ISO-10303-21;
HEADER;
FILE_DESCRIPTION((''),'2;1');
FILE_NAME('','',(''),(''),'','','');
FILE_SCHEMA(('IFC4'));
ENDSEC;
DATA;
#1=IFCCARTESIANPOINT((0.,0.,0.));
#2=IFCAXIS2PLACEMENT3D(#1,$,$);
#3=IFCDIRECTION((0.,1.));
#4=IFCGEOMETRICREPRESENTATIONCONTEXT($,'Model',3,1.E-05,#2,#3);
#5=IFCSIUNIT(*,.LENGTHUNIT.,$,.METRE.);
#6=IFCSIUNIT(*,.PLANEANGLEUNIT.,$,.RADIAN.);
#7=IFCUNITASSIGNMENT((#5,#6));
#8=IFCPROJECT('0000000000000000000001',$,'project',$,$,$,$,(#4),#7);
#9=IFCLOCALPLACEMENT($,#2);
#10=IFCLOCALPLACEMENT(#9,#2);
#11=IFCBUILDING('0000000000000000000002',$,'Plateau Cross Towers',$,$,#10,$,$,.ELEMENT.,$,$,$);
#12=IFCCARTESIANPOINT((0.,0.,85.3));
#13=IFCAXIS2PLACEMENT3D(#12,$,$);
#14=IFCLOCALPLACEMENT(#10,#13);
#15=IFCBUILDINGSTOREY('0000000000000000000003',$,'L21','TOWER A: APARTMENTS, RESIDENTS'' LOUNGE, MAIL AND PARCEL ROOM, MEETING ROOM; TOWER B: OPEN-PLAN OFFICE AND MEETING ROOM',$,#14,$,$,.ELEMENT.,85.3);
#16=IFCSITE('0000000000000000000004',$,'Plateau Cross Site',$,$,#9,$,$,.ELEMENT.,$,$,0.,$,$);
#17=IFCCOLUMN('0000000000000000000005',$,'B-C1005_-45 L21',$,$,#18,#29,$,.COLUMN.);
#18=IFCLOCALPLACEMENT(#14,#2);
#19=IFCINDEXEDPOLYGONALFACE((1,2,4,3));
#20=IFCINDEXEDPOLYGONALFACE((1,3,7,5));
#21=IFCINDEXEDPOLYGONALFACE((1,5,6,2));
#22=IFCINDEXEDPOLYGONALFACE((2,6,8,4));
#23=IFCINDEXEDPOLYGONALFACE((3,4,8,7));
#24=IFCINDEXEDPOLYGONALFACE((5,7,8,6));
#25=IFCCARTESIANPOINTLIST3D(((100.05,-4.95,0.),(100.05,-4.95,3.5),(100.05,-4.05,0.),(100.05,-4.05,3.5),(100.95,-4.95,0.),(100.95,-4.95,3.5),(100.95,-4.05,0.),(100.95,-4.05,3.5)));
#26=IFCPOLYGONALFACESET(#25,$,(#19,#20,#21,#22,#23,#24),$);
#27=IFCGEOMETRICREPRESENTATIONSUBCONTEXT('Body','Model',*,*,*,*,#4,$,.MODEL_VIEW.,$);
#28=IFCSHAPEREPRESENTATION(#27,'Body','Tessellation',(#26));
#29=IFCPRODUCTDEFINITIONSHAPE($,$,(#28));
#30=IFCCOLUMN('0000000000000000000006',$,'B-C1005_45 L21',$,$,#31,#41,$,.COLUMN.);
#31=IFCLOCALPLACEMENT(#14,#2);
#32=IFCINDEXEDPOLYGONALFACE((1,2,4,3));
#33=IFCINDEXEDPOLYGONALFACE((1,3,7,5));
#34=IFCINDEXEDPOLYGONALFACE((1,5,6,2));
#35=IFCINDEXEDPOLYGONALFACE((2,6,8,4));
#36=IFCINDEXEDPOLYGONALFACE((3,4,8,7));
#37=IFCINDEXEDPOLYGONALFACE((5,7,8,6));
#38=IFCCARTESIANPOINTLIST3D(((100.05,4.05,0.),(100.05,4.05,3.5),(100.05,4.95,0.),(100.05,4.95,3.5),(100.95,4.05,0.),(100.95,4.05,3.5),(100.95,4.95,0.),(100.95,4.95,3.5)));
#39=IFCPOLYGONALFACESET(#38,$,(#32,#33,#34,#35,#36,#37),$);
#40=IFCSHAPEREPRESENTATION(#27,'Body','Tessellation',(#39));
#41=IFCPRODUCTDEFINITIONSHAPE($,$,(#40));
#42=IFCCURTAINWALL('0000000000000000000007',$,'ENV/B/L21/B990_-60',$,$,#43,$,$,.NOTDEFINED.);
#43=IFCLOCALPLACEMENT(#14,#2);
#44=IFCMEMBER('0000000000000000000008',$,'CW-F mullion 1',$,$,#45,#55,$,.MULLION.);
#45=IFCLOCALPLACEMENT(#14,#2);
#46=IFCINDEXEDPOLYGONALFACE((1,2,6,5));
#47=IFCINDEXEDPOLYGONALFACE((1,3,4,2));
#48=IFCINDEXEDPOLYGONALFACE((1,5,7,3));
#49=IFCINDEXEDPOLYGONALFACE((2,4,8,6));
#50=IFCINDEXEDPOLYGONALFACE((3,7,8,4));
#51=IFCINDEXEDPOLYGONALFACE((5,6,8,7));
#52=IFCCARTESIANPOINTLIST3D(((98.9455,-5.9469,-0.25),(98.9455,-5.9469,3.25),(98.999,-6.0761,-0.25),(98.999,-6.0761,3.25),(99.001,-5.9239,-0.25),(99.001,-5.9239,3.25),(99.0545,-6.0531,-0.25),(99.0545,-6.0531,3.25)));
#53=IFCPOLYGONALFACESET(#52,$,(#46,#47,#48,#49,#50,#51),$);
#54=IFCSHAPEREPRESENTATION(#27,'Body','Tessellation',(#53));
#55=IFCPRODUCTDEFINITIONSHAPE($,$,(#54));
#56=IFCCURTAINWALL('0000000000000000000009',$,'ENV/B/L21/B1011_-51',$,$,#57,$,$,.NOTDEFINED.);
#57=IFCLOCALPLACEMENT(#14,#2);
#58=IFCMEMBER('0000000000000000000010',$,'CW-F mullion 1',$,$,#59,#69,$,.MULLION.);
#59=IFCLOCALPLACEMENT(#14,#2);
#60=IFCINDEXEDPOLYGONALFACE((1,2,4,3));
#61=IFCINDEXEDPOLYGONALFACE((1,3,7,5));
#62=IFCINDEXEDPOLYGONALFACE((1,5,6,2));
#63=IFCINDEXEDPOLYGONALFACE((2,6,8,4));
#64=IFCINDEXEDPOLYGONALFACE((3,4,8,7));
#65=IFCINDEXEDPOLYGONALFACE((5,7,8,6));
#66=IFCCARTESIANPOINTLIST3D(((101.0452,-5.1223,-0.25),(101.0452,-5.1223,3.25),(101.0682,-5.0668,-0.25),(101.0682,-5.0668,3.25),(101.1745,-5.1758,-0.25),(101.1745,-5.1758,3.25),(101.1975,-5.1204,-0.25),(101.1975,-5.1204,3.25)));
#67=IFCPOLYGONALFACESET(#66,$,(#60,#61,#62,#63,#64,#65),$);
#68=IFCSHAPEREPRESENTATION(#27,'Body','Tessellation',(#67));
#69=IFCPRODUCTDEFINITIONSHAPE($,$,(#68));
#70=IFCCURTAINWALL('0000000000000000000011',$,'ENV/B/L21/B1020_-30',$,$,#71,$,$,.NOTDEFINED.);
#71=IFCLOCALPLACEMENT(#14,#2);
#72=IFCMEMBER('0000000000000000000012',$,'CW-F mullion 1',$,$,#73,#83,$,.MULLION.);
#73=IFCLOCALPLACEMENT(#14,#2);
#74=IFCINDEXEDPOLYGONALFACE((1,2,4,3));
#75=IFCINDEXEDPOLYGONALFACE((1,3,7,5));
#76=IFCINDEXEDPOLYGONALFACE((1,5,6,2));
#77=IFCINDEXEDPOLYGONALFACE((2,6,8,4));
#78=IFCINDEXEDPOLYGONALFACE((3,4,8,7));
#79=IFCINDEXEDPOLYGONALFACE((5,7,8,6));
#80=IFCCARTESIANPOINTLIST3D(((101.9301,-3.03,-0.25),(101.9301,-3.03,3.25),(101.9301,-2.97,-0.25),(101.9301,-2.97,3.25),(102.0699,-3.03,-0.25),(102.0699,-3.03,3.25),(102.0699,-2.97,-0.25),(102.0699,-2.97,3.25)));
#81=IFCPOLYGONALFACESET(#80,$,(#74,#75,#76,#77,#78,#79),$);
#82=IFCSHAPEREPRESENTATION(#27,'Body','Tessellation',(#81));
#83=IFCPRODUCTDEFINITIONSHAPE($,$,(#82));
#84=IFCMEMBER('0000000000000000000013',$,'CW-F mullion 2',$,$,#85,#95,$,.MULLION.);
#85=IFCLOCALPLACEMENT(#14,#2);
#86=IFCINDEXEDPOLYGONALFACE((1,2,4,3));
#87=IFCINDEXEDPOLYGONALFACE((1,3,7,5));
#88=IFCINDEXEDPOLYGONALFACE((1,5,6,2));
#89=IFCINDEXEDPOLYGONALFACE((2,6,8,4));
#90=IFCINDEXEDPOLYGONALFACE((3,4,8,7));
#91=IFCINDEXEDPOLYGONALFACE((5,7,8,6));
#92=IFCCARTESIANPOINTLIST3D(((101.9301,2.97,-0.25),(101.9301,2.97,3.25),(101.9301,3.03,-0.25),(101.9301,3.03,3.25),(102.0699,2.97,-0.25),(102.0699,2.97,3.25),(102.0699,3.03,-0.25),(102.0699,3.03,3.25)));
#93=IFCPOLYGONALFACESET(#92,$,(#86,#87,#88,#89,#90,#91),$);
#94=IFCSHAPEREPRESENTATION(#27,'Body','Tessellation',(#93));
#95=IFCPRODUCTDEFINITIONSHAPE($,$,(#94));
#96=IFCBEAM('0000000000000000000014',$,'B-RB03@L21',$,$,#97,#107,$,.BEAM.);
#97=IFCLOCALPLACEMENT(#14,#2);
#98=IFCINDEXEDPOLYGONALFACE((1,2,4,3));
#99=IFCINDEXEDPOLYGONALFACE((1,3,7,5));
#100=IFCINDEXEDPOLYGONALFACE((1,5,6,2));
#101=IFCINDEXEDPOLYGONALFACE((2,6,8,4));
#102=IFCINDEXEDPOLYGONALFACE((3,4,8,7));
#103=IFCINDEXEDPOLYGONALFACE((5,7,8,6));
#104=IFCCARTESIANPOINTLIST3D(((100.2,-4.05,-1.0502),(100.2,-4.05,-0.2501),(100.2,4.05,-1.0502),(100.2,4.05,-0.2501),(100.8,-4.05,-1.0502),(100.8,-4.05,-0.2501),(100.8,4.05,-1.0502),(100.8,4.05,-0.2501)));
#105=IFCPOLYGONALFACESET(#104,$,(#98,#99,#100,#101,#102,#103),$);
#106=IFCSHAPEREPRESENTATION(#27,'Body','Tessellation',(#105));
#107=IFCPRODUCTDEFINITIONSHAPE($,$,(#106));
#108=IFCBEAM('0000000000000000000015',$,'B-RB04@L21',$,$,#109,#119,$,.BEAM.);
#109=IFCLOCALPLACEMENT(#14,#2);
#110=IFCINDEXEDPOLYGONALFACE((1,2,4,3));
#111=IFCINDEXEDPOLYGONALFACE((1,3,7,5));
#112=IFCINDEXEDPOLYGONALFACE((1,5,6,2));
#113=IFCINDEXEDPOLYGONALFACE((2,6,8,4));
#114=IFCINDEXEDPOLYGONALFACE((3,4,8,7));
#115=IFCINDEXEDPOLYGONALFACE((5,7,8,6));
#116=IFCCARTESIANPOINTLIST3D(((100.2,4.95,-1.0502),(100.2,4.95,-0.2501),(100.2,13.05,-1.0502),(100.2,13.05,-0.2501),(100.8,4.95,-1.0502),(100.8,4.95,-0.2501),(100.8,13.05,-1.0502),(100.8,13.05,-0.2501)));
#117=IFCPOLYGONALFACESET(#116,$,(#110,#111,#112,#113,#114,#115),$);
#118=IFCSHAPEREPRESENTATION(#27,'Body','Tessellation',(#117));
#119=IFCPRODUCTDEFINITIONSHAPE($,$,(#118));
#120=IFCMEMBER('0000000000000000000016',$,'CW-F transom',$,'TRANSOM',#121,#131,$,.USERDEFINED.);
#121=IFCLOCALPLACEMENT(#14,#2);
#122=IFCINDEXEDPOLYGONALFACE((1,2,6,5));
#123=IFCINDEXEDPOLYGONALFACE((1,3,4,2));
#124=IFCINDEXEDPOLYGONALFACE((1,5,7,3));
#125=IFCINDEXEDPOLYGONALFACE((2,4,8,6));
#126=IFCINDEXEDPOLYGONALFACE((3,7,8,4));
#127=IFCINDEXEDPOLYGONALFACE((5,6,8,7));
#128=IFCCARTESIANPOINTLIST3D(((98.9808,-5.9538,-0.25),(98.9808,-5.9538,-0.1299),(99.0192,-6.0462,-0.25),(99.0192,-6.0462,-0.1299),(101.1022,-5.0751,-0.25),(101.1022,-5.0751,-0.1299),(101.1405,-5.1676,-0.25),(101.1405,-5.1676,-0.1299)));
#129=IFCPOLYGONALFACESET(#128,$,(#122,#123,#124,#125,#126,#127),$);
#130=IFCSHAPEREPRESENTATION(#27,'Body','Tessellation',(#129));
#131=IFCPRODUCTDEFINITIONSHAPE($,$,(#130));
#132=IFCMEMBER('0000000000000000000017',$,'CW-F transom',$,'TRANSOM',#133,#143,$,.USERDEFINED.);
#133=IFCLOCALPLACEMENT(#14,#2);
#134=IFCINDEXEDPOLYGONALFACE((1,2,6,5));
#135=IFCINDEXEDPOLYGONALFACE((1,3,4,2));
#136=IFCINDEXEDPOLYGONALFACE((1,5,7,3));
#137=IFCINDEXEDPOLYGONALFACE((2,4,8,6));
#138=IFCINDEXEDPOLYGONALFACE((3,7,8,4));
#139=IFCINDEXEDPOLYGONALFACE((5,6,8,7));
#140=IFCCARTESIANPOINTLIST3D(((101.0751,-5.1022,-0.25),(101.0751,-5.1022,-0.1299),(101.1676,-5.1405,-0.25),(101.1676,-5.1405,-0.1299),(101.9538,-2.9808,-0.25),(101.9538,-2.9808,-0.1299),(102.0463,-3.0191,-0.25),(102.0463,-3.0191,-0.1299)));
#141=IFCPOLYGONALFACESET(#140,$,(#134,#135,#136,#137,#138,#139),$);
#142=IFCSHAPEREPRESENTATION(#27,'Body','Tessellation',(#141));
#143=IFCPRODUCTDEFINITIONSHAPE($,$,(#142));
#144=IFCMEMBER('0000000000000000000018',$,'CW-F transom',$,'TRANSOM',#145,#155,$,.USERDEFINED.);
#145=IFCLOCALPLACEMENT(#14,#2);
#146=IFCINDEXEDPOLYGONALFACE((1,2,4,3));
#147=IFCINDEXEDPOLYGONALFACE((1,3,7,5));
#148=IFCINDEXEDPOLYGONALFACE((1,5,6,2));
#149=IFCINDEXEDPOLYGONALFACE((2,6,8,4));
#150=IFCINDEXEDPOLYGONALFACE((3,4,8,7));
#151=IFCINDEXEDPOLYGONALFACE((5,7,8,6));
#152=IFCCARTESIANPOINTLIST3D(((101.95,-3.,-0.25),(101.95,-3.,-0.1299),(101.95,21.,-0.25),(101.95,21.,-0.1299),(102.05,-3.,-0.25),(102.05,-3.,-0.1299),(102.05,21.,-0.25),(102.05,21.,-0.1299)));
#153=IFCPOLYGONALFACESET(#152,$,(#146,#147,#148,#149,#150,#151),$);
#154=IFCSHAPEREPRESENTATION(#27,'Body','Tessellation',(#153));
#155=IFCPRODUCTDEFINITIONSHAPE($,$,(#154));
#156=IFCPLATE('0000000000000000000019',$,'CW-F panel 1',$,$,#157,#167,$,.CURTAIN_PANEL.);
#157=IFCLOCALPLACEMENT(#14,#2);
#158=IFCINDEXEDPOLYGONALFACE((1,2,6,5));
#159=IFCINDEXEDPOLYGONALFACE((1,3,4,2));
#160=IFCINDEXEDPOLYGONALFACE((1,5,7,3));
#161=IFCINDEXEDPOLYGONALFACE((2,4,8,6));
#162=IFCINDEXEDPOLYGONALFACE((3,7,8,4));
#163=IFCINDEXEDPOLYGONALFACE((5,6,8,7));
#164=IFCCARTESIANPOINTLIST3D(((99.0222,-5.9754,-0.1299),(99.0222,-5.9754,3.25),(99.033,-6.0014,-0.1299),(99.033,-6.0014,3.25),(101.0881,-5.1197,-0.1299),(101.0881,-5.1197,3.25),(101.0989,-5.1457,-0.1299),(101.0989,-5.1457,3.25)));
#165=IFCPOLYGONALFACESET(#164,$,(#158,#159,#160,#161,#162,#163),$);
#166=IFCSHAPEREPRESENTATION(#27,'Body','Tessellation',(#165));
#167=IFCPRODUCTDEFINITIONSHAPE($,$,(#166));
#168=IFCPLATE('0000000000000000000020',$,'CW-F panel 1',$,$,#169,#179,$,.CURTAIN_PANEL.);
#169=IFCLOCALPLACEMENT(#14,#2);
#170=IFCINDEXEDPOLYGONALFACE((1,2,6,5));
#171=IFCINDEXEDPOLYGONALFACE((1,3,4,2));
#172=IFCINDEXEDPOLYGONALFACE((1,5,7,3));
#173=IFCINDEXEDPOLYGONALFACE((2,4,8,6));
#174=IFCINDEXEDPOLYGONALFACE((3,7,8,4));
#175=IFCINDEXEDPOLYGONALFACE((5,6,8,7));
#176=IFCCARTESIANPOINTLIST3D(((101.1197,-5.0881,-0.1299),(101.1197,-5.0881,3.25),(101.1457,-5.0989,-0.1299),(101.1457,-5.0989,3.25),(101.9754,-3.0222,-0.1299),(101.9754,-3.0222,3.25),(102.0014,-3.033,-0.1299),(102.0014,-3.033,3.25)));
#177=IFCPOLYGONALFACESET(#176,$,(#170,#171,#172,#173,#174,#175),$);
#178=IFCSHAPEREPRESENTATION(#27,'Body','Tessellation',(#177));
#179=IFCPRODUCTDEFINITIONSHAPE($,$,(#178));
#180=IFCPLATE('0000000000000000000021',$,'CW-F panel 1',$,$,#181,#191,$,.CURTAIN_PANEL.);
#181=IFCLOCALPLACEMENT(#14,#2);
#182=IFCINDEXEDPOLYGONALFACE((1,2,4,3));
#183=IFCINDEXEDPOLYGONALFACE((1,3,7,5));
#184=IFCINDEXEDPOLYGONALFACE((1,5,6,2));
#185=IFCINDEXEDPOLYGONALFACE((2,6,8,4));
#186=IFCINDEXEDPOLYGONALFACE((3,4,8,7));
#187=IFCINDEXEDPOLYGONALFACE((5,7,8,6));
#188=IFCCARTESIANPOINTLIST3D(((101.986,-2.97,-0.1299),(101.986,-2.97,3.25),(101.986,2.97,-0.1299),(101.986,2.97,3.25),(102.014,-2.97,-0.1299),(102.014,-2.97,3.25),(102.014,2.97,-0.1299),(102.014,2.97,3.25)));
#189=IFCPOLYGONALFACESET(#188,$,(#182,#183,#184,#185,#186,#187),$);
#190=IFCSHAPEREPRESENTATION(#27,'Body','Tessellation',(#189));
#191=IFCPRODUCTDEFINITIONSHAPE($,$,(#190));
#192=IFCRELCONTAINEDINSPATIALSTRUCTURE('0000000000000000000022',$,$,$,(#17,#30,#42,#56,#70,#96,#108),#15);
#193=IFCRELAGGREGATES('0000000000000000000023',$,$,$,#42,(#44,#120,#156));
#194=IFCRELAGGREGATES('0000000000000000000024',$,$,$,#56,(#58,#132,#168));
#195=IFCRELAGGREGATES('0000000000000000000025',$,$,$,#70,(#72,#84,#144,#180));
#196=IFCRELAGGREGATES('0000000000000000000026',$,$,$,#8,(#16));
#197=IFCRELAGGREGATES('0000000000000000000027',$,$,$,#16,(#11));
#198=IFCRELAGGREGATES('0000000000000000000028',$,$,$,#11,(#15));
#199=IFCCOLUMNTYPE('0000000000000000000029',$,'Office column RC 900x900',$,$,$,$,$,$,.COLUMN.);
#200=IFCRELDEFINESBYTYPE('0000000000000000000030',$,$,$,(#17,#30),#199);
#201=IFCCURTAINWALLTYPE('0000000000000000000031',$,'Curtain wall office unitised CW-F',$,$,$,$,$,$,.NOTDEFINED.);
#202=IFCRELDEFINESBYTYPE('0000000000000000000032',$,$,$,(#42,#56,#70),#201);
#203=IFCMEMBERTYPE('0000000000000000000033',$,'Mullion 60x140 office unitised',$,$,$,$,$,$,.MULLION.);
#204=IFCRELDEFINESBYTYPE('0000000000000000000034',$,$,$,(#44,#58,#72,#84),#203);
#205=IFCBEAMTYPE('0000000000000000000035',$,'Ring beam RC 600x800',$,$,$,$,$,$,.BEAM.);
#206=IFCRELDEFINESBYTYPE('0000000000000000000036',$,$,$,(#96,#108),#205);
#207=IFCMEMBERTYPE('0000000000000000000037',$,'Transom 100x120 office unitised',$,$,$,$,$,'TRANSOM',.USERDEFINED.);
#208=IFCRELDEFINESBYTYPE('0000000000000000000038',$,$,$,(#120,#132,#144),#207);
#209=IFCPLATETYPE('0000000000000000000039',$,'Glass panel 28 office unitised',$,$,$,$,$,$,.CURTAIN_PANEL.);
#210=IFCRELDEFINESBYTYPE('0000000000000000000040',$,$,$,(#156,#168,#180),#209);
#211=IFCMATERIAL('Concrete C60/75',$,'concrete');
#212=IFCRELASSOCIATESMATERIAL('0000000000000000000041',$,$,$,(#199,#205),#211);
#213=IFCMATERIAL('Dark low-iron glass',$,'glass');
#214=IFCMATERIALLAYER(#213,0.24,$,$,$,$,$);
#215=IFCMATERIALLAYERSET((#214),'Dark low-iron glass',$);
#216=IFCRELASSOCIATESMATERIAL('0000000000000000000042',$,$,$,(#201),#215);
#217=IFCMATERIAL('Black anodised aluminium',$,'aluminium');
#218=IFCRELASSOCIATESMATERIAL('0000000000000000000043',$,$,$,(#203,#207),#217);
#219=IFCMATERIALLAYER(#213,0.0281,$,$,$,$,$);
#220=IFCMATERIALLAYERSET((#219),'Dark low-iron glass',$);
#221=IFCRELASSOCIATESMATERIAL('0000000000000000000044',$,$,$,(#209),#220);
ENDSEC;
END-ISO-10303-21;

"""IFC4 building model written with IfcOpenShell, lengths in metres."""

from ifc_helpers import new_model, si_unit, direction, frame, origin, origin_2d, place, context, subcontext, project, spatial, rectangle, extrude, material, layer, layer_set, material_profile, profile_set, type_object, element, aggregate, save


model = new_model("IFC4")

# Units and contexts
model_context = context("Model", 3, precision=1e-05, world=origin(), true_north=direction((0.0, 1.0)))
body_context = subcontext(model_context, "Body", "Model", "MODEL_VIEW")
ifc_project = project(units=[si_unit("LENGTHUNIT", "METRE"), si_unit("PLANEANGLEUNIT", "RADIAN")], contexts=[model_context])

# Site, building, storey
site_placement = place(None, origin())
site = spatial("IfcSite", under=ifc_project, at=site_placement, Name="Plateau Cross Site", CompositionType="ELEMENT", RefElevation=0.0)
building_placement = place(site_placement, origin())
building = spatial("IfcBuilding", under=site, at=building_placement, Name="Plateau Cross Towers", CompositionType="ELEMENT")
storey_placement = place(building_placement, frame((0.0, 0.0, 85.3)))
storey = spatial("IfcBuildingStorey", under=building, at=storey_placement, Name="L21", Description="TOWER A: APARTMENTS, RESIDENTS' LOUNGE, MAIL AND PARCEL ROOM, MEETING ROOM; TOWER B: OPEN-PLAN OFFICE AND MEETING ROOM", CompositionType="ELEMENT", Elevation=85.3)

# Columns
ifc_material_1 = material(Name="Concrete C60/75", Category="concrete")
ifc_material_profile_1 = material_profile(ifc_material_1, rectangle(XDim=0.8999, YDim=0.8999, at=origin_2d()), Name="RC 900x900")
ifc_profile_set_1 = profile_set([ifc_material_profile_1], Name="Concrete C60/75")
column_type = type_object("IfcColumnType", Name="Office column RC 900x900", PredefinedType="COLUMN", material=ifc_profile_set_1)
for number, where, z_axis, x_axis, name in (
    (1, (100.5, -4.5, 0.0), (0.0, 0.0, 1.0), (1.0, 0.0, 0.0), "B-C1005_-45 L21"),
    (2, (100.5, 4.5, 0.0), (0.0, 0.0, 1.0), (1.0, 0.0, 0.0), "B-C1005_45 L21"),
):
    element("IfcColumn", number, at=place(storey_placement, frame(where, z_axis=z_axis, x_axis=x_axis)), inside=storey, type_object=column_type, Name=name, PredefinedType="COLUMN", context=body_context, shape_type="SweptSolid", body=[
        extrude(rectangle(XDim=0.8999, YDim=0.8999, at=origin_2d()), origin(), (0.0, 0.0, 1.0), 3.5),
    ])

# Curtain walls, members
ifc_material_2 = material(Name="Dark low-iron glass", Category="glass")
ifc_layer_1 = layer(ifc_material_2, 0.24)
ifc_layer_set_1 = layer_set([ifc_layer_1], Name="Dark low-iron glass")
curtain_wall_type = type_object("IfcCurtainWallType", Name="Curtain wall office unitised CW-F", PredefinedType="NOTDEFINED", material=ifc_layer_set_1)
curtain_wall_1_placement = place(storey_placement, origin())
curtain_wall_1 = element("IfcCurtainWall", 3, at=curtain_wall_1_placement, inside=storey, type_object=curtain_wall_type, Name="ENV/B/L21/B990_-60", PredefinedType="NOTDEFINED")
ifc_material_3 = material(Name="Black anodised aluminium", Category="aluminium")
ifc_material_profile_2 = material_profile(ifc_material_3, rectangle(XDim=0.0601, YDim=0.1399, at=origin_2d()), Name="MULLION 60x140")
ifc_profile_set_2 = profile_set([ifc_material_profile_2], Name="Black anodised aluminium")
member_type_1 = type_object("IfcMemberType", Name="Mullion 60x140 office unitised", PredefinedType="MULLION", material=ifc_profile_set_2)
member_1_placement = place(storey_placement, frame((99.0, -6.0, -0.25), z_axis=(0.0, 0.0, 1.0), x_axis=(0.923879, 0.382684, 0.0)))
member_1 = element("IfcMember", 4, at=member_1_placement, type_object=member_type_1, Name="CW-F mullion 1", PredefinedType="MULLION", context=body_context, shape_type="SweptSolid", body=[
    extrude(rectangle(XDim=0.0601, YDim=0.1399, at=origin_2d()), origin(), (0.0, 0.0, 1.0), 3.5),
])
curtain_wall_2_placement = place(storey_placement, origin())
curtain_wall_2 = element("IfcCurtainWall", 5, at=curtain_wall_2_placement, inside=storey, type_object=curtain_wall_type, Name="ENV/B/L21/B1011_-51", PredefinedType="NOTDEFINED")
member_2_placement = place(storey_placement, frame((101.1213, -5.1213, -0.25), z_axis=(0.0, 0.0, 1.0), x_axis=(0.382684, 0.923879, 0.0)))
member_2 = element("IfcMember", 6, at=member_2_placement, type_object=member_type_1, Name="CW-F mullion 1", PredefinedType="MULLION", context=body_context, shape_type="SweptSolid", body=[
    extrude(rectangle(XDim=0.0601, YDim=0.1399, at=origin_2d()), origin(), (0.0, 0.0, 1.0), 3.5),
])

# Curtain wall, members
curtain_wall_3_placement = place(storey_placement, origin())
curtain_wall_3 = element("IfcCurtainWall", 7, at=curtain_wall_3_placement, inside=storey, type_object=curtain_wall_type, Name="ENV/B/L21/B1020_-30", PredefinedType="NOTDEFINED")
member_3_placement = place(storey_placement, frame((102.0, -3.0, -0.25), z_axis=(0.0, 0.0, 1.0), x_axis=(0.0, 1.0, 0.0)))
member_3 = element("IfcMember", 8, at=member_3_placement, type_object=member_type_1, Name="CW-F mullion 1", PredefinedType="MULLION", context=body_context, shape_type="SweptSolid", body=[
    extrude(rectangle(XDim=0.0601, YDim=0.1399, at=origin_2d()), origin(), (0.0, 0.0, 1.0), 3.5),
])
member_4_placement = place(storey_placement, frame((102.0, 3.0, -0.25), z_axis=(0.0, 0.0, 1.0), x_axis=(0.0, 1.0, 0.0)))
member_4 = element("IfcMember", 9, at=member_4_placement, type_object=member_type_1, Name="CW-F mullion 2", PredefinedType="MULLION", context=body_context, shape_type="SweptSolid", body=[
    extrude(rectangle(XDim=0.0601, YDim=0.1399, at=origin_2d()), origin(), (0.0, 0.0, 1.0), 3.5),
])

# Beams
ifc_material_profile_3 = material_profile(ifc_material_1, rectangle(XDim=0.6001, YDim=0.8, at=origin_2d()), Name="RC 600x800")
ifc_profile_set_3 = profile_set([ifc_material_profile_3], Name="Concrete C60/75")
beam_type = type_object("IfcBeamType", Name="Ring beam RC 600x800", PredefinedType="BEAM", material=ifc_profile_set_3)
for number, where, z_axis, x_axis, name in (
    (10, (100.5, -4.05, -0.6501), (0.0, 1.0, 0.0), (-1.0, 0.0, 0.0), "B-RB03@L21"),
    (11, (100.5, 4.95, -0.6501), (0.0, 1.0, 0.0), (-1.0, 0.0, 0.0), "B-RB04@L21"),
):
    element("IfcBeam", number, at=place(storey_placement, frame(where, z_axis=z_axis, x_axis=x_axis)), inside=storey, type_object=beam_type, Name=name, PredefinedType="BEAM", context=body_context, shape_type="SweptSolid", body=[
        extrude(rectangle(XDim=0.6001, YDim=0.8, at=origin_2d()), origin(), (0.0, 0.0, 1.0), 8.1001),
    ])

# Members
ifc_material_profile_4 = material_profile(ifc_material_3, rectangle(XDim=0.1001, YDim=0.1201, at=origin_2d()), Name="TRANSOM 100x120")
ifc_profile_set_4 = profile_set([ifc_material_profile_4], Name="Black anodised aluminium")
member_type_2 = type_object("IfcMemberType", Name="Transom 100x120 office unitised", ElementType="TRANSOM", PredefinedType="USERDEFINED", material=ifc_profile_set_4)
member_5_placement = place(storey_placement, frame((99.0, -6.0, -0.1899), z_axis=(0.923883, 0.382674, 0.0), x_axis=(-0.382674, 0.923883, 0.0)))
member_5 = element("IfcMember", 12, at=member_5_placement, type_object=member_type_2, Name="CW-F transom", ObjectType="TRANSOM", PredefinedType="USERDEFINED", context=body_context, shape_type="SweptSolid", body=[
    extrude(rectangle(XDim=0.1001, YDim=0.1201, at=origin_2d()), origin(), (0.0, 0.0, 1.0), 2.2961),
])
member_6_placement = place(storey_placement, frame((101.1213, -5.1213, -0.1899), z_axis=(0.382674, 0.923883, 0.0), x_axis=(-0.923883, 0.382674, 0.0)))
member_6 = element("IfcMember", 13, at=member_6_placement, type_object=member_type_2, Name="CW-F transom", ObjectType="TRANSOM", PredefinedType="USERDEFINED", context=body_context, shape_type="SweptSolid", body=[
    extrude(rectangle(XDim=0.1001, YDim=0.1201, at=origin_2d()), origin(), (0.0, 0.0, 1.0), 2.2961),
])
member_7_placement = place(storey_placement, frame((102.0, -3.0, -0.1899), z_axis=(0.0, 1.0, 0.0), x_axis=(-1.0, 0.0, 0.0)))
member_7 = element("IfcMember", 14, at=member_7_placement, type_object=member_type_2, Name="CW-F transom", ObjectType="TRANSOM", PredefinedType="USERDEFINED", context=body_context, shape_type="SweptSolid", body=[
    extrude(rectangle(XDim=0.1001, YDim=0.1201, at=origin_2d()), origin(), (0.0, 0.0, 1.0), 24.0),
])

# Plates
ifc_layer_2 = layer(ifc_material_2, 0.0281)
ifc_layer_set_2 = layer_set([ifc_layer_2], Name="Dark low-iron glass")
plate_type = type_object("IfcPlateType", Name="Glass panel 28 office unitised", PredefinedType="CURTAIN_PANEL", material=ifc_layer_set_2)
plate_1_placement = place(storey_placement, frame((100.0605, -5.5605, -0.1299), z_axis=(0.0, 0.0, 1.0), x_axis=(0.923879, 0.382684, 0.0)))
plate_1 = element("IfcPlate", 15, at=plate_1_placement, type_object=plate_type, Name="CW-F panel 1", PredefinedType="CURTAIN_PANEL", context=body_context, shape_type="SweptSolid", body=[
    extrude(rectangle(XDim=2.2361, YDim=0.0281, at=origin_2d()), origin(), (0.0, 0.0, 1.0), 3.3799),
])
aggregate(curtain_wall_1, [member_1, member_5, plate_1])
plate_2_placement = place(storey_placement, frame((101.5605, -4.0605, -0.1299), z_axis=(0.0, 0.0, 1.0), x_axis=(0.382684, 0.923879, 0.0)))
plate_2 = element("IfcPlate", 16, at=plate_2_placement, type_object=plate_type, Name="CW-F panel 1", PredefinedType="CURTAIN_PANEL", context=body_context, shape_type="SweptSolid", body=[
    extrude(rectangle(XDim=2.2361, YDim=0.0281, at=origin_2d()), origin(), (0.0, 0.0, 1.0), 3.3799),
])
aggregate(curtain_wall_2, [member_2, member_6, plate_2])
plate_3_placement = place(storey_placement, frame((102.0, 0.0, -0.1299), z_axis=(0.0, 0.0, 1.0), x_axis=(0.0, 1.0, 0.0)))
plate_3 = element("IfcPlate", 17, at=plate_3_placement, type_object=plate_type, Name="CW-F panel 1", PredefinedType="CURTAIN_PANEL", context=body_context, shape_type="SweptSolid", body=[
    extrude(rectangle(XDim=5.9399, YDim=0.0281, at=origin_2d()), origin(), (0.0, 0.0, 1.0), 3.3799),
])
aggregate(curtain_wall_3, [member_3, member_4, member_7, plate_3])

save(model, "model.ifc")
